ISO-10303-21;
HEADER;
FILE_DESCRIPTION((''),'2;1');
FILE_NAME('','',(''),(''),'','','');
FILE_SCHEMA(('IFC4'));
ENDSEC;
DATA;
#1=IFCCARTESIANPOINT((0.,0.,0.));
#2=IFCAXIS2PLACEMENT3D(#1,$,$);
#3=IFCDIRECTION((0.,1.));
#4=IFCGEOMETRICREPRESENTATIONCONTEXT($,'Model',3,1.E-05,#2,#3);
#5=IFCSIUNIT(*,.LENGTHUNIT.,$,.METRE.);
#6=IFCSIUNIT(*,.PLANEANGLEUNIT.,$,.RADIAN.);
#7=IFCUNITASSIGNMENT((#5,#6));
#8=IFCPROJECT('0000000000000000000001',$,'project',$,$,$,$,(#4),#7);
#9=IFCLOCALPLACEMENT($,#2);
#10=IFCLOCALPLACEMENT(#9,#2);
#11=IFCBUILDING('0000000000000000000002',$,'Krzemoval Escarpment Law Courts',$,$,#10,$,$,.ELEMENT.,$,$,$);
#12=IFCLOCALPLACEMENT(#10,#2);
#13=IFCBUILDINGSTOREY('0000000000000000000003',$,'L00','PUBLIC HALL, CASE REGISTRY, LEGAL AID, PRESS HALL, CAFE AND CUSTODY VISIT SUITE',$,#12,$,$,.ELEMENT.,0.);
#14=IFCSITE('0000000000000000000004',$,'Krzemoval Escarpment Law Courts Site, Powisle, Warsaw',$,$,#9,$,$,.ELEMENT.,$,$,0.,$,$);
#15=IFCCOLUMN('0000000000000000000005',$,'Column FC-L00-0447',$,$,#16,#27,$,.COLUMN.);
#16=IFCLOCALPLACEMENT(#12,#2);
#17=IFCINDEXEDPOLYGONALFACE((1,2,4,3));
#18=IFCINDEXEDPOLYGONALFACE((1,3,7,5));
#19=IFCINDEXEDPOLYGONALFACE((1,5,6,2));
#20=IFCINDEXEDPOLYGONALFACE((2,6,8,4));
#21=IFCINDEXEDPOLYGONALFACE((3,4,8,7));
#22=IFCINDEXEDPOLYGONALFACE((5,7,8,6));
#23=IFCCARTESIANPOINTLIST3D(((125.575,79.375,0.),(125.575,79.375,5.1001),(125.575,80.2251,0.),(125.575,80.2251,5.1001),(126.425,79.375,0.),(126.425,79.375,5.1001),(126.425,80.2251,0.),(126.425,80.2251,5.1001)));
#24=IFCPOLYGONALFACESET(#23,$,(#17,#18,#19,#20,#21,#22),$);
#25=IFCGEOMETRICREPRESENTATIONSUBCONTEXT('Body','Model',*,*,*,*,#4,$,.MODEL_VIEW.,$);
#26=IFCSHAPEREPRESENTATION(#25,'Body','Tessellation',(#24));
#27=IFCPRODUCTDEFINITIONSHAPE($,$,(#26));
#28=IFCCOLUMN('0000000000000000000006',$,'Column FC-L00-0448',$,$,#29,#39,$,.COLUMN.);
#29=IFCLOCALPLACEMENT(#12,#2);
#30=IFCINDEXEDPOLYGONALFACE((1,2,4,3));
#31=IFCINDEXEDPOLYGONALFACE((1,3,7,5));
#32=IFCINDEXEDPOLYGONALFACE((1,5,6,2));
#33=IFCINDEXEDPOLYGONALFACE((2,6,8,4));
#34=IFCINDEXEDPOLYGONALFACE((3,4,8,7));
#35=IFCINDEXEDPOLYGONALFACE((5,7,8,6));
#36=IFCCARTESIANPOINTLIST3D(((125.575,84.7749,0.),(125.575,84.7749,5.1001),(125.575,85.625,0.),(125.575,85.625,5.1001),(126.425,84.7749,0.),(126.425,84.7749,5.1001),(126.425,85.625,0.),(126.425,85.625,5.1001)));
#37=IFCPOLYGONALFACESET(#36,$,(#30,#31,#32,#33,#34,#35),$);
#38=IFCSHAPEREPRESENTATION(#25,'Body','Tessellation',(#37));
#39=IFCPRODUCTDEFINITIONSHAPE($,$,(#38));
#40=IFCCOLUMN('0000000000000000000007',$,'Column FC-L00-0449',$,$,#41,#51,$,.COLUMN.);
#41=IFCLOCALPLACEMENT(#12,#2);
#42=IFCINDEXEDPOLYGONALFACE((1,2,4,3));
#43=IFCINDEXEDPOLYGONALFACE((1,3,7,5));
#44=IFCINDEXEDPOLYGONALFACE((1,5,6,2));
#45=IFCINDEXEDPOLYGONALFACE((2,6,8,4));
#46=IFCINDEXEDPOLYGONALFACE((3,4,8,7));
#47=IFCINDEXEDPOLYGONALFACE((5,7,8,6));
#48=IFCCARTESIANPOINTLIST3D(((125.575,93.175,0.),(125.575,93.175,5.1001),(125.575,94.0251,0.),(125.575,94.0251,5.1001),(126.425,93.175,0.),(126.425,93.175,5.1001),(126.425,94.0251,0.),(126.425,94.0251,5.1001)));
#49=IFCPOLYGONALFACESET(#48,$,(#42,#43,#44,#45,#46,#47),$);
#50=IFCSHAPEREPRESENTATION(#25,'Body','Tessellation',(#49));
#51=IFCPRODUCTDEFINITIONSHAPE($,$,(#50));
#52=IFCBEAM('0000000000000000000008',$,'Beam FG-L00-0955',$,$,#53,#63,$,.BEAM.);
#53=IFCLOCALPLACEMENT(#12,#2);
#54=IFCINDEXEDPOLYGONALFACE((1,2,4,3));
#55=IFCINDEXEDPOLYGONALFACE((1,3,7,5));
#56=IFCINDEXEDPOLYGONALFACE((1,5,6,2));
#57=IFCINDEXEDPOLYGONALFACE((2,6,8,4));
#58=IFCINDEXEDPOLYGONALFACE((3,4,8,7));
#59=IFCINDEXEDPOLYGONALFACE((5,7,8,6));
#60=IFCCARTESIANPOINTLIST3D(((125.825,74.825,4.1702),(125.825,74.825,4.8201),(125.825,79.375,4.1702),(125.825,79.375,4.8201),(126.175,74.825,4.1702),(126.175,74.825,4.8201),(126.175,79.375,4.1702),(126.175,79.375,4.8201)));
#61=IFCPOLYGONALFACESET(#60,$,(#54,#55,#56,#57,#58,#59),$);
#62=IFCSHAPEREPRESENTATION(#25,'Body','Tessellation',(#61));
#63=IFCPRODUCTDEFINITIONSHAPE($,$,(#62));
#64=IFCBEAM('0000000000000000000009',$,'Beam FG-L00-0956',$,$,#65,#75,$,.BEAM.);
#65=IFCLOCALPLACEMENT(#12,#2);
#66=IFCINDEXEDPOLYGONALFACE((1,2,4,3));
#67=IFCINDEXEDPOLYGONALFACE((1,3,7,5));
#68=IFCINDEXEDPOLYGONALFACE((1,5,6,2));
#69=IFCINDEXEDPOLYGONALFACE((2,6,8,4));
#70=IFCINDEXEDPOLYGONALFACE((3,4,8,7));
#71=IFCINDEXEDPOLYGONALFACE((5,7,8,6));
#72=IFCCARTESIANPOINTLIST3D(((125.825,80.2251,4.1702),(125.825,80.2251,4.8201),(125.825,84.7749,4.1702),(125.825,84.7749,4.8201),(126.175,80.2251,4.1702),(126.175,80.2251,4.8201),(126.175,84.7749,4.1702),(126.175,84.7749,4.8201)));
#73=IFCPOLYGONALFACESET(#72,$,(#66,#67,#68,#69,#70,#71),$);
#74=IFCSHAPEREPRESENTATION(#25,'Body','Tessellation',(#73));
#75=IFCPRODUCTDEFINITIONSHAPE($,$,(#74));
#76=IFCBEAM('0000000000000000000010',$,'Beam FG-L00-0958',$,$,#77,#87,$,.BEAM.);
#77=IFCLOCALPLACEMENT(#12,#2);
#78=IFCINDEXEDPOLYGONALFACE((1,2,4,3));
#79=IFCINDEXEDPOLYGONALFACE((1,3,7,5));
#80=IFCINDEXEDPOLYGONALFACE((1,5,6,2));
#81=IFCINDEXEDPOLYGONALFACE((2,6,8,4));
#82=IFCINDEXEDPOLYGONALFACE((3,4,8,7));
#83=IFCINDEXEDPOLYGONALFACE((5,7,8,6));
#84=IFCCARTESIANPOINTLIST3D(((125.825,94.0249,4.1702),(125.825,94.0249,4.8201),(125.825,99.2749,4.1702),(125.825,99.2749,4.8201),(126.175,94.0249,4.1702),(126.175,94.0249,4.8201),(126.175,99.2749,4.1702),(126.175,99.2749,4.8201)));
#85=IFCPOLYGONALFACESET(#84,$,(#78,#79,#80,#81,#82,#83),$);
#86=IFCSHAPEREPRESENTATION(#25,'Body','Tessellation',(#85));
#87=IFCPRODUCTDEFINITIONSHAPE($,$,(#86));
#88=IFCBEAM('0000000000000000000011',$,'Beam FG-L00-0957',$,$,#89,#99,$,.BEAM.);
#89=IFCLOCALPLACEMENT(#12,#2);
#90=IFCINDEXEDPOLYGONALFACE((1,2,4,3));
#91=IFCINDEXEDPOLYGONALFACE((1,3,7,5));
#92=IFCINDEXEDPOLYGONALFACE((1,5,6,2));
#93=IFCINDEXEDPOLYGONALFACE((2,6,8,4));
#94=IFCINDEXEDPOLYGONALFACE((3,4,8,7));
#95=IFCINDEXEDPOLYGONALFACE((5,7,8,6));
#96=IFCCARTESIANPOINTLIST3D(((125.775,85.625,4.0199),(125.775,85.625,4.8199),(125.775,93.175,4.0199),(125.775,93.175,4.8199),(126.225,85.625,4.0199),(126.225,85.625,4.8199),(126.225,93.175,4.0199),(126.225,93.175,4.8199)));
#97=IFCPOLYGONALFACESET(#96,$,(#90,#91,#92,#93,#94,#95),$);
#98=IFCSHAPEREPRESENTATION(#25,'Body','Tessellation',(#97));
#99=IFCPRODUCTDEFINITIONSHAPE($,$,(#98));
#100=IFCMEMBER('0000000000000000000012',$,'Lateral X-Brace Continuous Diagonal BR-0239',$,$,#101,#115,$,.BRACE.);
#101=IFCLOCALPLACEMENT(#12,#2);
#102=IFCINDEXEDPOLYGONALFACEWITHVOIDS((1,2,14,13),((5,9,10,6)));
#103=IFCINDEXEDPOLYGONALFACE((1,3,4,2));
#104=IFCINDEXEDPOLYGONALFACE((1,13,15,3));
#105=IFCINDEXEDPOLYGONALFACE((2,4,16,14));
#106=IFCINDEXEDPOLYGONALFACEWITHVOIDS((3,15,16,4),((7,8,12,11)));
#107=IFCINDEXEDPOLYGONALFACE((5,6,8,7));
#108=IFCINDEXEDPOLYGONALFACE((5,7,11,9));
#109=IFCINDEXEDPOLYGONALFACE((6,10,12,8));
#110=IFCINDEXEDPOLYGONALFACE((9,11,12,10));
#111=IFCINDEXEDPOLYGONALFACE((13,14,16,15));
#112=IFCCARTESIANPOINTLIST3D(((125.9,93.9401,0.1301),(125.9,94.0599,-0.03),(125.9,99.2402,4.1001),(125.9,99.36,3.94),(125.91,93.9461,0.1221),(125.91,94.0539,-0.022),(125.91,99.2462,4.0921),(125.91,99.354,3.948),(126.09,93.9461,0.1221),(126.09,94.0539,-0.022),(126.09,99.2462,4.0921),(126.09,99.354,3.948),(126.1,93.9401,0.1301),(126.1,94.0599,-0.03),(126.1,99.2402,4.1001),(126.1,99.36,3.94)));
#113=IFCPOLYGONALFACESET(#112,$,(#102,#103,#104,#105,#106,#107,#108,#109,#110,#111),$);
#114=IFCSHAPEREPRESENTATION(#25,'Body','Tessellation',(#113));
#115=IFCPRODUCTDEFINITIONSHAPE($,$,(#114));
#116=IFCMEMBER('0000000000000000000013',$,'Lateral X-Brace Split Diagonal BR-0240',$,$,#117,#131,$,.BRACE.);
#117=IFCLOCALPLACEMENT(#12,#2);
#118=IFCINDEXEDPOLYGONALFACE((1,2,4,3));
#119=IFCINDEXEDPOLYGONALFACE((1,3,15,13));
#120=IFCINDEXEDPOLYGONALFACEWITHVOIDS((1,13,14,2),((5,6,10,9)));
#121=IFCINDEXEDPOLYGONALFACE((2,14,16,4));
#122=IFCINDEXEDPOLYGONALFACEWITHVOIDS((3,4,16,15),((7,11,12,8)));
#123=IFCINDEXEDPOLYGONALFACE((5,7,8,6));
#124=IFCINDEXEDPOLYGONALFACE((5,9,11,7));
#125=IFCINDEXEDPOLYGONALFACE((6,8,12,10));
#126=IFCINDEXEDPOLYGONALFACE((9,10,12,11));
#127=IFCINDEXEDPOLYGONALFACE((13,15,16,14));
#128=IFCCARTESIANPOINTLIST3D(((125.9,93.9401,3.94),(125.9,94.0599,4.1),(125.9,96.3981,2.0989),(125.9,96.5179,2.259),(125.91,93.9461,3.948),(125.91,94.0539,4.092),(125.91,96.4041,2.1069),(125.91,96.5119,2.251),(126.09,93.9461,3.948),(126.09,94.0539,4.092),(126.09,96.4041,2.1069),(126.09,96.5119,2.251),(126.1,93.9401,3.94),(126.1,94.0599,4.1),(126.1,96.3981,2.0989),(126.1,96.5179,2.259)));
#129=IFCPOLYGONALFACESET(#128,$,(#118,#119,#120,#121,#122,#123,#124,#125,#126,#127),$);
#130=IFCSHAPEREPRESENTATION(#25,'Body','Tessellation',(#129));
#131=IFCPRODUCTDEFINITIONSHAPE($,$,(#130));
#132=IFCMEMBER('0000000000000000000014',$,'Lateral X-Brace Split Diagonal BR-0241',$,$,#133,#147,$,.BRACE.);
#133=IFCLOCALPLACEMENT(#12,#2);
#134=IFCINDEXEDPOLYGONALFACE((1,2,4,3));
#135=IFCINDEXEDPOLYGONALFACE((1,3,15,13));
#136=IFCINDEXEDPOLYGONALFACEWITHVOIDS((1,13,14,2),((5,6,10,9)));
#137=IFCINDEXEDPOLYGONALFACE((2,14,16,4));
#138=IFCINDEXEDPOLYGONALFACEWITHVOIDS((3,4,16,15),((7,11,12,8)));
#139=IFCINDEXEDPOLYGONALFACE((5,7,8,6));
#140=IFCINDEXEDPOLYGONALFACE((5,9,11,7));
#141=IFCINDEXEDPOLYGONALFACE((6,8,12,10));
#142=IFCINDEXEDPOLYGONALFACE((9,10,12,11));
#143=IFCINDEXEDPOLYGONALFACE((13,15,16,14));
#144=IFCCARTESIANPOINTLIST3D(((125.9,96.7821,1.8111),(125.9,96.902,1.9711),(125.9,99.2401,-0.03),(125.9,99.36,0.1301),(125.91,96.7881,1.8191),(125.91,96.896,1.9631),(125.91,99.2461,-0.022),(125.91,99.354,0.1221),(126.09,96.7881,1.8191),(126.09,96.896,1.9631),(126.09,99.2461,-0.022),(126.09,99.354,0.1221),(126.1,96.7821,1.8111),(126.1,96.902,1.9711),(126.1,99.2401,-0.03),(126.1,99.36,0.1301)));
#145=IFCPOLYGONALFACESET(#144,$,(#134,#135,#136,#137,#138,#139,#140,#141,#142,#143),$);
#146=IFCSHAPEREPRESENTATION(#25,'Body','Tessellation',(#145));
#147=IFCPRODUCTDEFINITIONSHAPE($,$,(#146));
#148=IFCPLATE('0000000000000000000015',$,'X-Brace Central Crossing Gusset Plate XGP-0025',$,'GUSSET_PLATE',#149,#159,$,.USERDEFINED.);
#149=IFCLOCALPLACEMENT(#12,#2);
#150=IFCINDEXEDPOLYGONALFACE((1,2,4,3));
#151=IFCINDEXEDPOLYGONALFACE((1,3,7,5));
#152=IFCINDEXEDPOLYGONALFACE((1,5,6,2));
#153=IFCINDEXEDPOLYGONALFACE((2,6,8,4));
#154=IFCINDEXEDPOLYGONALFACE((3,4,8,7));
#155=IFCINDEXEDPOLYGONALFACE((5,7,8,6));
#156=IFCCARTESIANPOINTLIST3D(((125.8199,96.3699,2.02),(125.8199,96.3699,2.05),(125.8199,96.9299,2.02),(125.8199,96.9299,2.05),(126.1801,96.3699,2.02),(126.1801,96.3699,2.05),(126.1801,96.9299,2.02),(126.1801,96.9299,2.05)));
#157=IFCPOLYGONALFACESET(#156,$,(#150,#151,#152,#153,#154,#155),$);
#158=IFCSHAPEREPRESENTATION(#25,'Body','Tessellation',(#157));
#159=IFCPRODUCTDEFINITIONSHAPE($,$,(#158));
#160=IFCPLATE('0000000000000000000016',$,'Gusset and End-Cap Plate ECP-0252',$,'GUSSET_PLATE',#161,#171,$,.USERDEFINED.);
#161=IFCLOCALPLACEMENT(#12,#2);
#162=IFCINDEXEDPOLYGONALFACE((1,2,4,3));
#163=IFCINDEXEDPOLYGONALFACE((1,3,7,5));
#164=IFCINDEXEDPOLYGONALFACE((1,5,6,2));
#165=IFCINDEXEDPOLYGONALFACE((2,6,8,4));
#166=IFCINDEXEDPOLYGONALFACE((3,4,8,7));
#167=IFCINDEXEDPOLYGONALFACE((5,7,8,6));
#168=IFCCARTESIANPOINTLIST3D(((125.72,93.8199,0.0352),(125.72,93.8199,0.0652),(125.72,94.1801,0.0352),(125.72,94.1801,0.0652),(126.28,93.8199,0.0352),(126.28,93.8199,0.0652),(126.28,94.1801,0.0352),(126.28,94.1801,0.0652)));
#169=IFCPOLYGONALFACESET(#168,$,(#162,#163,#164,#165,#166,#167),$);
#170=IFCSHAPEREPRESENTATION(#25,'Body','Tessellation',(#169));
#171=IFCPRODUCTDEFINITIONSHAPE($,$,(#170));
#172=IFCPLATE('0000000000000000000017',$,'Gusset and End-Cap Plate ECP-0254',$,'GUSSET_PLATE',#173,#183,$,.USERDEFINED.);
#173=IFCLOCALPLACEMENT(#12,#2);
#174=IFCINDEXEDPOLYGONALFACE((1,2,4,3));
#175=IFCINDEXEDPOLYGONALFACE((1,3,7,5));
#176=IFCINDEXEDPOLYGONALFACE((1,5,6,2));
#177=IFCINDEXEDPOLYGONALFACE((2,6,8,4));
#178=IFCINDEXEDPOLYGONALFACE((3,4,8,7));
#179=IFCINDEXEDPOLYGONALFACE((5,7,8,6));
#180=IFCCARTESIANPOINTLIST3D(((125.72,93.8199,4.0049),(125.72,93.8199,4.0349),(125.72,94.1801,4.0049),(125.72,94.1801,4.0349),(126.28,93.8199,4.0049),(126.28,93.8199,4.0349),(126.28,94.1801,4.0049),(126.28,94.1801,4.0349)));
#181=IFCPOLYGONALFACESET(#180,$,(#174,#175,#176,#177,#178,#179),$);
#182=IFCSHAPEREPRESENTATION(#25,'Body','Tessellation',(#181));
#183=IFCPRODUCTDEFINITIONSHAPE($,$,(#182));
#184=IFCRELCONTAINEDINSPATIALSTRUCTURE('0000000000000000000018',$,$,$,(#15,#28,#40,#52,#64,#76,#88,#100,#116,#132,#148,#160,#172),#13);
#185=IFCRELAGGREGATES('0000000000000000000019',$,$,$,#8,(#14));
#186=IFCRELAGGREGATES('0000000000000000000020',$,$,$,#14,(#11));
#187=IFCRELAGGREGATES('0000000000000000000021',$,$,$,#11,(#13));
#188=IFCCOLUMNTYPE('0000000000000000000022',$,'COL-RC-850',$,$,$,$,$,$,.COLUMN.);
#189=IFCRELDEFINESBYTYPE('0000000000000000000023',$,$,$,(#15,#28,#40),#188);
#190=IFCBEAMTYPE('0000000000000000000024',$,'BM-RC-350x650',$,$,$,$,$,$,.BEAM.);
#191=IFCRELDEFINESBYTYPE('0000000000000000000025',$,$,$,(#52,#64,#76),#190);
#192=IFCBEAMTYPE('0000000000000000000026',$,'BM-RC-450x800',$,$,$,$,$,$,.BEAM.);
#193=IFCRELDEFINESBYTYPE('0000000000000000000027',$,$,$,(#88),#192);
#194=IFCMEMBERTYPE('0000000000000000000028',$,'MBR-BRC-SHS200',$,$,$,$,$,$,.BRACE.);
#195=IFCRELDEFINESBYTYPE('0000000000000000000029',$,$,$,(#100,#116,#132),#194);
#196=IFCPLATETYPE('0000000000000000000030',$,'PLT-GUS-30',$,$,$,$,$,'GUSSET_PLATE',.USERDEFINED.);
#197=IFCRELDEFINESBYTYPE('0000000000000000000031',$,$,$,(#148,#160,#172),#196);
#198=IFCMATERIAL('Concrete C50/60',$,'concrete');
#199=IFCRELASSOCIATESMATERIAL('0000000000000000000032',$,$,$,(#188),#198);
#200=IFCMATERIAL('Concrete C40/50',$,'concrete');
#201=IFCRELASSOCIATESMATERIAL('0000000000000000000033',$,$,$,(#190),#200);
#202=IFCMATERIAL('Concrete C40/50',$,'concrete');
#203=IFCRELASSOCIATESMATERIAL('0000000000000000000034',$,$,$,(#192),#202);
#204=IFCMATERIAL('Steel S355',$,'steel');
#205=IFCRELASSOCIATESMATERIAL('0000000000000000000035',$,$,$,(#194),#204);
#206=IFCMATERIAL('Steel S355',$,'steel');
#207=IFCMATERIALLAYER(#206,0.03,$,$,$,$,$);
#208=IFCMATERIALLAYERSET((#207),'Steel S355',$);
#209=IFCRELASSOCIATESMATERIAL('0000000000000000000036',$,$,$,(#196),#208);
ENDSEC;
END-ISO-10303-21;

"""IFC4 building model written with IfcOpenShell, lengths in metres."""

from ifc_helpers import new_model, si_unit, direction, frame, origin, origin_2d, place, context, subcontext, project, spatial, rectangle, hollow_rectangle, extrude, material, layer, layer_set, material_profile, profile_set, type_object, element, save


model = new_model("IFC4")

# Units and contexts
model_context = context("Model", 3, precision=1e-05, world=origin(), true_north=direction((0.0, 1.0)))
body_context = subcontext(model_context, "Body", "Model", "MODEL_VIEW")
ifc_project = project(units=[si_unit("LENGTHUNIT", "METRE"), si_unit("PLANEANGLEUNIT", "RADIAN")], contexts=[model_context])

# Site, building, storey
site_placement = place(None, origin())
site = spatial("IfcSite", under=ifc_project, at=site_placement, Name="Krzemoval Escarpment Law Courts Site, Powisle, Warsaw", CompositionType="ELEMENT", RefElevation=0.0)
building_placement = place(site_placement, origin())
building = spatial("IfcBuilding", under=site, at=building_placement, Name="Krzemoval Escarpment Law Courts", CompositionType="ELEMENT")
storey_placement = place(building_placement, origin())
storey = spatial("IfcBuildingStorey", under=building, at=storey_placement, Name="L00", Description="PUBLIC HALL, CASE REGISTRY, LEGAL AID, PRESS HALL, CAFE AND CUSTODY VISIT SUITE", CompositionType="ELEMENT", Elevation=0.0)

# Columns
ifc_material_1 = material(Name="Concrete C50/60", Category="concrete")
ifc_material_profile_1 = material_profile(ifc_material_1, rectangle(XDim=0.8501, YDim=0.8501, at=origin_2d()), Name="RC 850x850")
ifc_profile_set_1 = profile_set([ifc_material_profile_1], Name="Concrete C50/60")
column_type = type_object("IfcColumnType", Name="COL-RC-850", PredefinedType="COLUMN", material=ifc_profile_set_1)
for number, where, z_axis, x_axis, name in (
    (1, (126.0, 79.8, 0.0), (0.0, 0.0, 1.0), (1.0, 0.0, 0.0), "Column FC-L00-0447"),
    (2, (126.0, 85.2, 0.0), (0.0, 0.0, 1.0), (1.0, 0.0, 0.0), "Column FC-L00-0448"),
    (3, (126.0, 93.6001, 0.0), (0.0, 0.0, 1.0), (1.0, 0.0, 0.0), "Column FC-L00-0449"),
):
    element("IfcColumn", number, at=place(storey_placement, frame(where, z_axis=z_axis, x_axis=x_axis)), inside=storey, type_object=column_type, Name=name, PredefinedType="COLUMN", context=body_context, shape_type="SweptSolid", body=[
        extrude(rectangle(XDim=0.8501, YDim=0.8501, at=origin_2d()), origin(), (0.0, 0.0, 1.0), 5.1001),
    ])

# Beams
ifc_material_2 = material(Name="Concrete C40/50", Category="concrete")
ifc_material_profile_2 = material_profile(ifc_material_2, rectangle(XDim=0.3501, YDim=0.6499, at=origin_2d()), Name="RCB 350x650")
ifc_profile_set_2 = profile_set([ifc_material_profile_2], Name="Concrete C40/50")
beam_type_1 = type_object("IfcBeamType", Name="BM-RC-350x650", PredefinedType="BEAM", material=ifc_profile_set_2)
beam_1_placement = place(storey_placement, frame((126.0, 74.825, 4.4951), z_axis=(0.0, 1.0, 0.0), x_axis=(-1.0, 0.0, 0.0)))
element("IfcBeam", 4, at=beam_1_placement, inside=storey, type_object=beam_type_1, Name="Beam FG-L00-0955", PredefinedType="BEAM", context=body_context, shape_type="SweptSolid", body=[
    extrude(rectangle(XDim=0.3501, YDim=0.6499, at=origin_2d()), origin(), (0.0, 0.0, 1.0), 4.55),
])
beam_2_placement = place(storey_placement, frame((126.0, 80.2251, 4.4951), z_axis=(0.0, 1.0, 0.0), x_axis=(-1.0, 0.0, 0.0)))
element("IfcBeam", 5, at=beam_2_placement, inside=storey, type_object=beam_type_1, Name="Beam FG-L00-0956", PredefinedType="BEAM", context=body_context, shape_type="SweptSolid", body=[
    extrude(rectangle(XDim=0.3501, YDim=0.6499, at=origin_2d()), origin(), (0.0, 0.0, 1.0), 4.5498),
])
beam_3_placement = place(storey_placement, frame((126.0, 94.0249, 4.4951), z_axis=(0.0, 1.0, 0.0), x_axis=(-1.0, 0.0, 0.0)))
element("IfcBeam", 6, at=beam_3_placement, inside=storey, type_object=beam_type_1, Name="Beam FG-L00-0958", PredefinedType="BEAM", context=body_context, shape_type="SweptSolid", body=[
    extrude(rectangle(XDim=0.3501, YDim=0.6499, at=origin_2d()), origin(), (0.0, 0.0, 1.0), 5.25),
])
ifc_material_3 = material(Name="Concrete C40/50", Category="concrete")
ifc_material_profile_3 = material_profile(ifc_material_3, rectangle(XDim=0.45, YDim=0.8, at=origin_2d()), Name="RCB 450x800")
ifc_profile_set_3 = profile_set([ifc_material_profile_3], Name="Concrete C40/50")
beam_type_2 = type_object("IfcBeamType", Name="BM-RC-450x800", PredefinedType="BEAM", material=ifc_profile_set_3)
beam_4_placement = place(storey_placement, frame((126.0, 85.625, 4.4199), z_axis=(0.0, 1.0, 0.0), x_axis=(-1.0, 0.0, 0.0)))
element("IfcBeam", 7, at=beam_4_placement, inside=storey, type_object=beam_type_2, Name="Beam FG-L00-0957", PredefinedType="BEAM", context=body_context, shape_type="SweptSolid", body=[
    extrude(rectangle(XDim=0.45, YDim=0.8, at=origin_2d()), origin(), (0.0, 0.0, 1.0), 7.55),
])

# Members
ifc_material_4 = material(Name="Steel S355", Category="steel")
ifc_material_profile_4 = material_profile(ifc_material_4, hollow_rectangle(XDim=0.2, YDim=0.2, WallThickness=0.01, at=origin_2d()), Name="SHS 200x200x10")
ifc_profile_set_4 = profile_set([ifc_material_profile_4], Name="Steel S355")
member_type = type_object("IfcMemberType", Name="MBR-BRC-SHS200", PredefinedType="BRACE", material=ifc_profile_set_4)
member_placement = place(storey_placement, frame((126.0, 94.0, 0.05), z_axis=(0.0, 0.800367, 0.59951), x_axis=(-1.0, 0.0, 0.0)))
element("IfcMember", 8, at=member_placement, inside=storey, type_object=member_type, Name="Lateral X-Brace Continuous Diagonal BR-0239", PredefinedType="BRACE", context=body_context, shape_type="SweptSolid", body=[
    extrude(hollow_rectangle(XDim=0.2, YDim=0.2, WallThickness=0.01, at=origin_2d()), origin(), (0.0, 0.0, 1.0), 6.6221),
])
for number, where, z_axis, x_axis, name in (
    (9, (126.0, 94.0, 4.02), (0.0, 0.800381, -0.599491), (-1.0, 0.0, 0.0), "Lateral X-Brace Split Diagonal BR-0240"),
    (10, (126.0, 96.842, 1.8911), (0.0, 0.800381, -0.599491), (-1.0, 0.0, 0.0), "Lateral X-Brace Split Diagonal BR-0241"),
):
    element("IfcMember", number, at=place(storey_placement, frame(where, z_axis=z_axis, x_axis=x_axis)), inside=storey, type_object=member_type, Name=name, PredefinedType="BRACE", context=body_context, shape_type="SweptSolid", body=[
        extrude(hollow_rectangle(XDim=0.2, YDim=0.2, WallThickness=0.01, at=origin_2d()), origin(), (0.0, 0.0, 1.0), 3.071),
    ])

# Plates
ifc_material_5 = material(Name="Steel S355", Category="steel")
ifc_layer_1 = layer(ifc_material_5, 0.03)
ifc_layer_set_1 = layer_set([ifc_layer_1], Name="Steel S355")
plate_type = type_object("IfcPlateType", Name="PLT-GUS-30", ElementType="GUSSET_PLATE", PredefinedType="USERDEFINED", material=ifc_layer_set_1)
for number, where, z_axis, x_axis, name in (
    (11, (126.0, 96.6499, 2.02), (0.0, 0.0, 1.0), (0.0, 1.0, 0.0), "X-Brace Central Crossing Gusset Plate XGP-0025"),
    (12, (126.0, 94.0, 0.0352), (0.0, 0.0, 1.0), (1.0, 0.0, 0.0), "Gusset and End-Cap Plate ECP-0252"),
    (13, (126.0, 94.0, 4.0049), (0.0, 0.0, 1.0), (1.0, 0.0, 0.0), "Gusset and End-Cap Plate ECP-0254"),
):
    element("IfcPlate", number, at=place(storey_placement, frame(where, z_axis=z_axis, x_axis=x_axis)), inside=storey, type_object=plate_type, Name=name, ObjectType="GUSSET_PLATE", PredefinedType="USERDEFINED", context=body_context, shape_type="SweptSolid", body=[
        extrude(rectangle(XDim=0.5601, YDim=0.3601, at=origin_2d()), origin(), (0.0, 0.0, 1.0), 0.03),
    ])

save(model, "model.ifc")
